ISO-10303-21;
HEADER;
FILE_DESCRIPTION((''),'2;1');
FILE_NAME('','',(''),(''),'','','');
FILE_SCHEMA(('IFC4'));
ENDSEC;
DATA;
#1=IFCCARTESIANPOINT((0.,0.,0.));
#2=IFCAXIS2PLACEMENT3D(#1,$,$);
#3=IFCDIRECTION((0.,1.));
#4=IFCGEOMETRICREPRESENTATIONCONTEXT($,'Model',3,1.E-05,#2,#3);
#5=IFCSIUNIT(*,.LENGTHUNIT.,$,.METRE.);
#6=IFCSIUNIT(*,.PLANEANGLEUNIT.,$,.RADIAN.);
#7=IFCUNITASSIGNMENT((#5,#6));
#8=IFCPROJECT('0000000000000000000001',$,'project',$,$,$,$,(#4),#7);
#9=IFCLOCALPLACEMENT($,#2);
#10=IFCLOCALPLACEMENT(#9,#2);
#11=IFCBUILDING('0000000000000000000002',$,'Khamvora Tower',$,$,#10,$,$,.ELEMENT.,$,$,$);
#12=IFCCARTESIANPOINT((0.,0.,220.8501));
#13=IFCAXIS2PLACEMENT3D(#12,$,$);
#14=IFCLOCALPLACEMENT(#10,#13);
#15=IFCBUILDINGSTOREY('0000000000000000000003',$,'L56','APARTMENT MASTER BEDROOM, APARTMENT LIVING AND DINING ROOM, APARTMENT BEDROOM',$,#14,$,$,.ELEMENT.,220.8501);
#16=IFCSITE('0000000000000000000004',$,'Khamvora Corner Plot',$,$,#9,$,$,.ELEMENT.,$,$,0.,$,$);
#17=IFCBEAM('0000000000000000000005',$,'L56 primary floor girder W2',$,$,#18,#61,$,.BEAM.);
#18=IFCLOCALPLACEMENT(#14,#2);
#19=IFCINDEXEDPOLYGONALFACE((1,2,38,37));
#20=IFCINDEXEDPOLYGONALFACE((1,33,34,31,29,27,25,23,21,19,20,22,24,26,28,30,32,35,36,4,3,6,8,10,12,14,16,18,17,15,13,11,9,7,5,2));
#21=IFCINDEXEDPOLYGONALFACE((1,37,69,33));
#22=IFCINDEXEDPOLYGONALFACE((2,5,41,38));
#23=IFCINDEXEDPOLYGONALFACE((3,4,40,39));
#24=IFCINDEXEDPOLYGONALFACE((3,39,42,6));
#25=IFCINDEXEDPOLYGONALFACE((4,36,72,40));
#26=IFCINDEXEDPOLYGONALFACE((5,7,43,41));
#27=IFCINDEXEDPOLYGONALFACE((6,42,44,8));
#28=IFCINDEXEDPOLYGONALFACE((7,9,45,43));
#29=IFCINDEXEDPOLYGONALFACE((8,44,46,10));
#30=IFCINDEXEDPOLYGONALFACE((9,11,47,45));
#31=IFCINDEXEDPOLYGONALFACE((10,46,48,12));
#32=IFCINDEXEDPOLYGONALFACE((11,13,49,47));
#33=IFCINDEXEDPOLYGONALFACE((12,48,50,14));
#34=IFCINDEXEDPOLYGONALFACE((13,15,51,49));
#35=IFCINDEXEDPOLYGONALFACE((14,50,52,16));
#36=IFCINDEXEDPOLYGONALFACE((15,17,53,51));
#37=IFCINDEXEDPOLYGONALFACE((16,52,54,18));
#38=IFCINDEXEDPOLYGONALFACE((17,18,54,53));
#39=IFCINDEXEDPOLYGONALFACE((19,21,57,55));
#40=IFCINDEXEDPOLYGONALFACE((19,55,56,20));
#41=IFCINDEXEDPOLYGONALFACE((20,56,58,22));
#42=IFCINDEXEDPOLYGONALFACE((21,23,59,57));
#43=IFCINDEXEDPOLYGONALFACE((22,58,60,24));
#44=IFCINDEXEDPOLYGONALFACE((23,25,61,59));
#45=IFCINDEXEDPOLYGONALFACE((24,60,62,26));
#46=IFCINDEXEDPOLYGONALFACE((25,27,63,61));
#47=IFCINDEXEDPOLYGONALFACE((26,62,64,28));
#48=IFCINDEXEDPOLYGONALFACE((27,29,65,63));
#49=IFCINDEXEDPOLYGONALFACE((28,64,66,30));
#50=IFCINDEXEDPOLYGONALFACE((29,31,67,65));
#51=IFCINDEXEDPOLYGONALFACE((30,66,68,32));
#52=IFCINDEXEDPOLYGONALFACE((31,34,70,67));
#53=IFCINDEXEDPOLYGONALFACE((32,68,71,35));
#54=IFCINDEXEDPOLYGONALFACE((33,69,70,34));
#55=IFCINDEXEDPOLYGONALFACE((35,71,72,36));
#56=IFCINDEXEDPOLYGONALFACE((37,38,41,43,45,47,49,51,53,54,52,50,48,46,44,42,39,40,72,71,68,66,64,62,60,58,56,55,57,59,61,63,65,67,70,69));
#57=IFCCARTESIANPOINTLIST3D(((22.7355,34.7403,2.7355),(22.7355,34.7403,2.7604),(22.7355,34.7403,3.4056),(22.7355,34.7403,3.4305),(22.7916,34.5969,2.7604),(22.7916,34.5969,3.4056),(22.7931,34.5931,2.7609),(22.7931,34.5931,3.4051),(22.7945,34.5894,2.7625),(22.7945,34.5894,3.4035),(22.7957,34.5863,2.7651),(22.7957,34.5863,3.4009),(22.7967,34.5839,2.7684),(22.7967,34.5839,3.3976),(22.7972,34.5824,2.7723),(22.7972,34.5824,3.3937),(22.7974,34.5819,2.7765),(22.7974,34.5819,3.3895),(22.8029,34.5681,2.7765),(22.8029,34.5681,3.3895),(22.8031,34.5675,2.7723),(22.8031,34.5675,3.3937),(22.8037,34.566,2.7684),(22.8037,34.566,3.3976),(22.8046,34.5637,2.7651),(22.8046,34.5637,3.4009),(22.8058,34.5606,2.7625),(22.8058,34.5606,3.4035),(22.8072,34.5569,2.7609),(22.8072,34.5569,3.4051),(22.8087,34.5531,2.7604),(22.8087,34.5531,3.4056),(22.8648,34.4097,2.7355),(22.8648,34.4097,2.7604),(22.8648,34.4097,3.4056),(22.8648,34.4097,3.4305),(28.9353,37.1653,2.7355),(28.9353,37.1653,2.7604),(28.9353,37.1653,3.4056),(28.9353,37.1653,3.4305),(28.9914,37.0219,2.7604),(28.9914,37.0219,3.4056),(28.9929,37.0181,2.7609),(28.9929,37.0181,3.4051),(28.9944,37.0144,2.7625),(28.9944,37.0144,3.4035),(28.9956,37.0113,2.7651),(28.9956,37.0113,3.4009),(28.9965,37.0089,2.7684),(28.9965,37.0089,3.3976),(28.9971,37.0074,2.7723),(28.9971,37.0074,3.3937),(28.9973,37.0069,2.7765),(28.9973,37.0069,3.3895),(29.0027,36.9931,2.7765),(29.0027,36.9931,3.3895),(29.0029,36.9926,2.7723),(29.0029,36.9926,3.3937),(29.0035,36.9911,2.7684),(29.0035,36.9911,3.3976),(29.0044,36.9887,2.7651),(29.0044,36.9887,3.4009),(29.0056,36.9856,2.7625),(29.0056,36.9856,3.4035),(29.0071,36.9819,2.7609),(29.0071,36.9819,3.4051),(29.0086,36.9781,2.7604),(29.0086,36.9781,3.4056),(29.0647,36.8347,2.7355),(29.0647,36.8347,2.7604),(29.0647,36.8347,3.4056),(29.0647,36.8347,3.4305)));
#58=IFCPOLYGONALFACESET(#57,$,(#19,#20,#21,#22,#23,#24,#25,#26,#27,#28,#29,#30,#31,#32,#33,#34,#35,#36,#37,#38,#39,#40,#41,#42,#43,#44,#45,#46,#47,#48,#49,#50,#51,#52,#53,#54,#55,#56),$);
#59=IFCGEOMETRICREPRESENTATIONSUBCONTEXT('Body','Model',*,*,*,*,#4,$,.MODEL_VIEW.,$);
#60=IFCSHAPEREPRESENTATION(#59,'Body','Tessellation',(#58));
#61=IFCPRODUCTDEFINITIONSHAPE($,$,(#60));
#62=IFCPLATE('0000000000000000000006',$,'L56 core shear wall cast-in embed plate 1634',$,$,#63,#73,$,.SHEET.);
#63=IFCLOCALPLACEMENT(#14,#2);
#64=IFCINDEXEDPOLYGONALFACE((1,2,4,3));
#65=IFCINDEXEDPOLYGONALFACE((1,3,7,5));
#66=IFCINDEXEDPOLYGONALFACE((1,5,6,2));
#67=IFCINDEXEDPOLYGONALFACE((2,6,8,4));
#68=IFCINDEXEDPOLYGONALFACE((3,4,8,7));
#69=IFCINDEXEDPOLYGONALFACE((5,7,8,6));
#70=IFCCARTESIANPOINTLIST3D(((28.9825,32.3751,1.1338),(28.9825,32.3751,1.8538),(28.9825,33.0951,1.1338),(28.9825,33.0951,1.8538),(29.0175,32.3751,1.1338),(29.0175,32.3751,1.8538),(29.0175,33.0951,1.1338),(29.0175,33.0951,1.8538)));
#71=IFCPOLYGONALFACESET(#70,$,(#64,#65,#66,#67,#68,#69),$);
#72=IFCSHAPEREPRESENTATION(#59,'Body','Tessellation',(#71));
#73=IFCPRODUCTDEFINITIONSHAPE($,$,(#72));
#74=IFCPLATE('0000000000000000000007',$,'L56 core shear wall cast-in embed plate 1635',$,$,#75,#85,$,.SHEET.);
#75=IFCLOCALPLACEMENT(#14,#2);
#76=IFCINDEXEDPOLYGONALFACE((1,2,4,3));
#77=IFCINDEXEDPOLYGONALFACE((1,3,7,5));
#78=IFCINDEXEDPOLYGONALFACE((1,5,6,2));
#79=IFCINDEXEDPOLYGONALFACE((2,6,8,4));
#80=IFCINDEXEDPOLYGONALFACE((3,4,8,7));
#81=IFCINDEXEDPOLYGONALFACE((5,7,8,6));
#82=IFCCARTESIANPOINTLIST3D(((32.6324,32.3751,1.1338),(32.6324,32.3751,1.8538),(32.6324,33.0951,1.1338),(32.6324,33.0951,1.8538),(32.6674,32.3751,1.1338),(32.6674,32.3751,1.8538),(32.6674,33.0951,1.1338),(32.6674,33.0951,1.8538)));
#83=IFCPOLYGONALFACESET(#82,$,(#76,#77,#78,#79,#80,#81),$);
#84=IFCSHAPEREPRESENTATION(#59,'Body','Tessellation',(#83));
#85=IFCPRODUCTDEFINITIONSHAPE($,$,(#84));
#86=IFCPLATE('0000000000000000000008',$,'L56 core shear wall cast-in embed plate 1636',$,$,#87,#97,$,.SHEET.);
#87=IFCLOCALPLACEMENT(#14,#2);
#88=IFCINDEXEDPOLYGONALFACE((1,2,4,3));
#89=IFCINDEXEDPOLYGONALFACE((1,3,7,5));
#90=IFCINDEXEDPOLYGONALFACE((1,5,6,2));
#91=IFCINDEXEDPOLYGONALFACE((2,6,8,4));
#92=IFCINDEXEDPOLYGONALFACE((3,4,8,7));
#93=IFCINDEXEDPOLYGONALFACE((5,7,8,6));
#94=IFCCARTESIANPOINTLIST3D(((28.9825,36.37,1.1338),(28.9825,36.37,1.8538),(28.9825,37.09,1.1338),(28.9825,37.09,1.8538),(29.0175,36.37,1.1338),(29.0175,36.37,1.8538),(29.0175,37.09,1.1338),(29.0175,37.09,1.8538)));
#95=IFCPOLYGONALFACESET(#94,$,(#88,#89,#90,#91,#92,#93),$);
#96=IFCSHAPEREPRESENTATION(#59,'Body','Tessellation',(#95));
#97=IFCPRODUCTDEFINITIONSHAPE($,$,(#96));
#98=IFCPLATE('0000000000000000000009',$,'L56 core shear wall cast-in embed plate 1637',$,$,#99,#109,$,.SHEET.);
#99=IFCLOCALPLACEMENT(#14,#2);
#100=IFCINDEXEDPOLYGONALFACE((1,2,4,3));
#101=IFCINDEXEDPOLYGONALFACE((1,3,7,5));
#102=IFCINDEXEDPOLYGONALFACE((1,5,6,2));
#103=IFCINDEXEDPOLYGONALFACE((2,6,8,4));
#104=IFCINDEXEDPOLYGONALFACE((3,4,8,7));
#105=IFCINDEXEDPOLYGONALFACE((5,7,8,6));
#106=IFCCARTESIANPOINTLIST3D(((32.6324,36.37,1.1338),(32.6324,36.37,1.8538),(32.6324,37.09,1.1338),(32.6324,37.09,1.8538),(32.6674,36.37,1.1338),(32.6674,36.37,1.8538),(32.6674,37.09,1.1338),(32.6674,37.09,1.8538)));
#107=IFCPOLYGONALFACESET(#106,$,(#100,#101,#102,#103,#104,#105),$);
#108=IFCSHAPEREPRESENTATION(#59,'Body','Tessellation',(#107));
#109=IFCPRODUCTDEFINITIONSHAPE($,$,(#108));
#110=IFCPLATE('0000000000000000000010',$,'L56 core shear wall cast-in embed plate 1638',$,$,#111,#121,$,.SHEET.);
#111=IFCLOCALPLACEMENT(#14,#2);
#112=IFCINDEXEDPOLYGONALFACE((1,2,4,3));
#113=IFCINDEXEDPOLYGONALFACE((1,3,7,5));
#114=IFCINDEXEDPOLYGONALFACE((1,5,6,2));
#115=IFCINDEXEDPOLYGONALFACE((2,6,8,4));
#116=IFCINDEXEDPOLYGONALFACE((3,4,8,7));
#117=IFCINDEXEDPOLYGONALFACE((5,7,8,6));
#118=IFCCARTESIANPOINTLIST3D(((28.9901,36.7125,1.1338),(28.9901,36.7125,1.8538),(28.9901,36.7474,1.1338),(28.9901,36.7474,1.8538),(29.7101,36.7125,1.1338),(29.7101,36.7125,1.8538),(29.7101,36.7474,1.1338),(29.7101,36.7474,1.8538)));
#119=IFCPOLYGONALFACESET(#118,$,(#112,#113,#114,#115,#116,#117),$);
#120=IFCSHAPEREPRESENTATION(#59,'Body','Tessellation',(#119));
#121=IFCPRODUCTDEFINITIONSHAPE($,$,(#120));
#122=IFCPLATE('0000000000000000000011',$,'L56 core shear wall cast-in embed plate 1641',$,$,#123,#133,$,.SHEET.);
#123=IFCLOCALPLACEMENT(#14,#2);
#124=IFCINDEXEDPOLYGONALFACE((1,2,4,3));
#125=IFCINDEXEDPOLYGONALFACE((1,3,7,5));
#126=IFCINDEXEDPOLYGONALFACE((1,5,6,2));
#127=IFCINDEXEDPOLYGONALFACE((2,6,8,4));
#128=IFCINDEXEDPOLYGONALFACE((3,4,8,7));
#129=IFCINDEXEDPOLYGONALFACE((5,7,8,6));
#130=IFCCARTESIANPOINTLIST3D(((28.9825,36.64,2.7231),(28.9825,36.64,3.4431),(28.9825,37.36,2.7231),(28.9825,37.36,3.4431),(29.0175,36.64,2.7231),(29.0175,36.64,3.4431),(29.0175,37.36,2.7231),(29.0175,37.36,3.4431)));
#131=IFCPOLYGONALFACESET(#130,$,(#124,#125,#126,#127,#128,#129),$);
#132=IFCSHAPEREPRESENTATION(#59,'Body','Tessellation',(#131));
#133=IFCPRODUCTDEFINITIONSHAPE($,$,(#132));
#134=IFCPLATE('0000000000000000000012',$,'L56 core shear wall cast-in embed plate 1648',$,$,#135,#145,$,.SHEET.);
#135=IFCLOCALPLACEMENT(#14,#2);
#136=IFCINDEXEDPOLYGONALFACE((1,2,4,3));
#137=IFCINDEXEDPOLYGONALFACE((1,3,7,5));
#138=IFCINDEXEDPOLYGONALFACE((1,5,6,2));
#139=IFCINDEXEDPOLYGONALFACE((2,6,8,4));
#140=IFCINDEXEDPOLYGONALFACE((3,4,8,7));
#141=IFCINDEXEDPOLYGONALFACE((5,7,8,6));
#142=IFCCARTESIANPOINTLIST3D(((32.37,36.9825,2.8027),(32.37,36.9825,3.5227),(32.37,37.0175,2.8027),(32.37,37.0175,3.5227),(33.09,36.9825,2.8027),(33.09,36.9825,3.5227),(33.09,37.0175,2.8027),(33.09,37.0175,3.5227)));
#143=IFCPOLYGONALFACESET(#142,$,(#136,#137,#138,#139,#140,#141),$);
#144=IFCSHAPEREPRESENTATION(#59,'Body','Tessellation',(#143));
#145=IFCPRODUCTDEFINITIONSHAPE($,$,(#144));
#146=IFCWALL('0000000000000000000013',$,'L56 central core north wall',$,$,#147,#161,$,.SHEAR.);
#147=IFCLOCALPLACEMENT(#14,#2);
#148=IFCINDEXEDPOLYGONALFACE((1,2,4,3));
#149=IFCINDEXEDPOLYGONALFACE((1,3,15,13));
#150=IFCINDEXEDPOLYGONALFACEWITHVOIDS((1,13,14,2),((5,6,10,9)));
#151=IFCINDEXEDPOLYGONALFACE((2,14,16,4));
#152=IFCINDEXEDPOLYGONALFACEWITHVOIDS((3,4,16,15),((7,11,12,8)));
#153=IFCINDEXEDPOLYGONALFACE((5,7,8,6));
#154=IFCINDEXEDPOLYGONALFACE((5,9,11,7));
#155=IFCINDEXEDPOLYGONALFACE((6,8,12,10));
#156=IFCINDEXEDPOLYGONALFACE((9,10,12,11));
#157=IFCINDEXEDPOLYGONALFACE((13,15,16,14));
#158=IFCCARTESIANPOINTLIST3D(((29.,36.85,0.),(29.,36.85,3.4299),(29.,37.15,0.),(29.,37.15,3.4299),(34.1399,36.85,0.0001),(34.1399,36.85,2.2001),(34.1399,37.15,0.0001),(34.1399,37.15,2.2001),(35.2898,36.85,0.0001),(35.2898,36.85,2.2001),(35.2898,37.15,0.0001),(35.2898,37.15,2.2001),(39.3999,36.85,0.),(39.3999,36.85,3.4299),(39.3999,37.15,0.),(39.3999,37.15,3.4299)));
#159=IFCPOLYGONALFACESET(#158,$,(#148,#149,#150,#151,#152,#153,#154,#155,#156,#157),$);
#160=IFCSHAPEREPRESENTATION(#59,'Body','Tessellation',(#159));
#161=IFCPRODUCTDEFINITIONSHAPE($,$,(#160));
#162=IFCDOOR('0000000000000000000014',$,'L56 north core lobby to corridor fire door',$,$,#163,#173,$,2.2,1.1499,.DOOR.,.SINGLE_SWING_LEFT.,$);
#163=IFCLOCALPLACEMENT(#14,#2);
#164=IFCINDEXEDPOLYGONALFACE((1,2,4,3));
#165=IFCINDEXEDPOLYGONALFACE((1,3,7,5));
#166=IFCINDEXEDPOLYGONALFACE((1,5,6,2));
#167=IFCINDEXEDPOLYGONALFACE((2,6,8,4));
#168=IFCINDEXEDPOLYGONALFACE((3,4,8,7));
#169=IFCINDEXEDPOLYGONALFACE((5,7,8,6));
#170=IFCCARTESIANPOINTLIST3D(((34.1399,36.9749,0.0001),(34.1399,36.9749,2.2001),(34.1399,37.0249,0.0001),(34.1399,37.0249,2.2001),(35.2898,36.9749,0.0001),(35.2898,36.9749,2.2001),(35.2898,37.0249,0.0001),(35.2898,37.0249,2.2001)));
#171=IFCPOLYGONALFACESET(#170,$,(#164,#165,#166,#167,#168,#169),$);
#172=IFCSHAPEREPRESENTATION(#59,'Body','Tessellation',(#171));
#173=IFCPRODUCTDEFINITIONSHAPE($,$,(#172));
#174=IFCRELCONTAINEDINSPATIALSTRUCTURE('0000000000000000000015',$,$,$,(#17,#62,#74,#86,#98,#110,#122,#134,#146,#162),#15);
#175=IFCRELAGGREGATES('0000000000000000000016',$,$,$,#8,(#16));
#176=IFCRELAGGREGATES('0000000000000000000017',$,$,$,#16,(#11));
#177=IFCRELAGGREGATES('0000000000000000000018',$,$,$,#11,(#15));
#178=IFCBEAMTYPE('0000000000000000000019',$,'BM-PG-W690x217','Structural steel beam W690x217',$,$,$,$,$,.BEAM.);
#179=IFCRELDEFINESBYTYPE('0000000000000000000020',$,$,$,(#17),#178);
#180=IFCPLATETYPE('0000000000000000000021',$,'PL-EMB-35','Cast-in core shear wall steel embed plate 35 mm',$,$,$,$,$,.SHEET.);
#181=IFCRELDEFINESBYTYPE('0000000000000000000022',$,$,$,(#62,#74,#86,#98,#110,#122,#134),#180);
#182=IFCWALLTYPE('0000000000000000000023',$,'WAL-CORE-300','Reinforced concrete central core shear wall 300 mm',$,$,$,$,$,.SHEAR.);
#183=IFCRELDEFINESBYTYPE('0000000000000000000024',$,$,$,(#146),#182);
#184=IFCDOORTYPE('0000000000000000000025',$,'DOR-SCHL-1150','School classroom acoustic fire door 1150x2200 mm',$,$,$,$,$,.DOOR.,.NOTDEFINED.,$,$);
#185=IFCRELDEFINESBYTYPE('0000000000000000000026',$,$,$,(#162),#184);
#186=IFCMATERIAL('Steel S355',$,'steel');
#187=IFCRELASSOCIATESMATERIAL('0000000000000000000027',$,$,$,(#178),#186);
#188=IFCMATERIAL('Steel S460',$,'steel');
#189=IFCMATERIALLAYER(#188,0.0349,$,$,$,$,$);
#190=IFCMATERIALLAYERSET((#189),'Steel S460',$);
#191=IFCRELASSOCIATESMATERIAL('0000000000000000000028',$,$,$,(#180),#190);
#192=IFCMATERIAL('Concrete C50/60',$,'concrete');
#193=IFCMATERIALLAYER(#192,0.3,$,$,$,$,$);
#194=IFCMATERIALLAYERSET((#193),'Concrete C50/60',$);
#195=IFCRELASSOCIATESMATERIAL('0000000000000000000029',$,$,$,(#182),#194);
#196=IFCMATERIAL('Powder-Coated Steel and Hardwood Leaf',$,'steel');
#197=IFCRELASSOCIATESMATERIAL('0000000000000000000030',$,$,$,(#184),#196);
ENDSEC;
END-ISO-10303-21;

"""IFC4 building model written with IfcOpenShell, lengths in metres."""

from ifc_helpers import new_model, si_unit, direction, frame, frame_2d, origin, origin_2d, place, context, subcontext, project, spatial, rectangle, i_section, extrude, material, layer, layer_set, material_profile, profile_set, type_object, element, fill, save


model = new_model("IFC4")

# Units and contexts
model_context = context("Model", 3, precision=1e-05, world=origin(), true_north=direction((0.0, 1.0)))
body_context = subcontext(model_context, "Body", "Model", "MODEL_VIEW")
ifc_project = project(units=[si_unit("LENGTHUNIT", "METRE"), si_unit("PLANEANGLEUNIT", "RADIAN")], contexts=[model_context])

# Site, building, storey
site_placement = place(None, origin())
site = spatial("IfcSite", under=ifc_project, at=site_placement, Name="Khamvora Corner Plot", CompositionType="ELEMENT", RefElevation=0.0)
building_placement = place(site_placement, origin())
building = spatial("IfcBuilding", under=site, at=building_placement, Name="Khamvora Tower", CompositionType="ELEMENT")
storey_placement = place(building_placement, frame((0.0, 0.0, 220.8501)))
storey = spatial("IfcBuildingStorey", under=building, at=storey_placement, Name="L56", Description="APARTMENT MASTER BEDROOM, APARTMENT LIVING AND DINING ROOM, APARTMENT BEDROOM", CompositionType="ELEMENT", Elevation=220.8501)

# Shared definitions
ifc_material_1 = material(Name="Steel S460", Category="steel")

# Beam
ifc_material_2 = material(Name="Steel S355", Category="steel")
ifc_material_profile_1 = material_profile(ifc_material_2, i_section(OverallWidth=0.355, OverallDepth=0.6951, WebThickness=0.0149, FlangeThickness=0.0249, FilletRadius=0.0161, at=origin_2d()), Name="W690x217")
ifc_profile_set_1 = profile_set([ifc_material_profile_1], Name="Steel S355")
beam_type_1 = type_object("IfcBeamType", Name="BM-PG-W690x217", Description="Structural steel beam W690x217", PredefinedType="BEAM", material=ifc_profile_set_1)
beam_1_placement = place(storey_placement, frame((29.0, 37.0, 3.083), z_axis=(-0.931295, -0.364267, 0.0), x_axis=(0.364267, -0.931295, 0.0)))
element("IfcBeam", 1, at=beam_1_placement, inside=storey, type_object=beam_type_1, Name="L56 primary floor girder W2", PredefinedType="BEAM", context=body_context, shape_type="SweptSolid", body=[
    extrude(i_section(OverallWidth=0.355, OverallDepth=0.6951, WebThickness=0.0149, FlangeThickness=0.0249, FilletRadius=0.0161, at=origin_2d()), origin(), (0.0, 0.0, 1.0), 6.6572),
])

# Plates
ifc_layer_1 = layer(ifc_material_1, 0.0349)
ifc_layer_set_1 = layer_set([ifc_layer_1], Name="Steel S460")
plate_type = type_object("IfcPlateType", Name="PL-EMB-35", Description="Cast-in core shear wall steel embed plate 35 mm", PredefinedType="SHEET", material=ifc_layer_set_1)
for number, where, z_axis, x_axis, name in (
    (2, (29.0, 32.7351, 1.1338), (0.0, 0.0, 1.0), (1.0, 0.0, 0.0), "L56 core shear wall cast-in embed plate 1634"),
    (3, (32.6499, 32.7351, 1.1338), (0.0, 0.0, 1.0), (1.0, 0.0, 0.0), "L56 core shear wall cast-in embed plate 1635"),
    (4, (29.0, 36.73, 1.1338), (0.0, 0.0, 1.0), (1.0, 0.0, 0.0), "L56 core shear wall cast-in embed plate 1636"),
    (5, (32.6499, 36.73, 1.1338), (0.0, 0.0, 1.0), (1.0, 0.0, 0.0), "L56 core shear wall cast-in embed plate 1637"),
):
    element("IfcPlate", number, at=place(storey_placement, frame(where, z_axis=z_axis, x_axis=x_axis)), inside=storey, type_object=plate_type, Name=name, PredefinedType="SHEET", context=body_context, shape_type="SweptSolid", body=[
        extrude(rectangle(XDim=0.0349, YDim=0.72, at=origin_2d()), origin(), (0.0, 0.0, 1.0), 0.72),
    ])
plate_1_placement = place(storey_placement, frame((29.3501, 36.73, 1.1338), z_axis=(0.0, 0.0, 1.0), x_axis=(1.0, 0.0, 0.0)))
element("IfcPlate", 6, at=plate_1_placement, inside=storey, type_object=plate_type, Name="L56 core shear wall cast-in embed plate 1638", PredefinedType="SHEET", context=body_context, shape_type="SweptSolid", body=[
    extrude(rectangle(XDim=0.72, YDim=0.0349, at=origin_2d()), origin(), (0.0, 0.0, 1.0), 0.72),
])
plate_2_placement = place(storey_placement, frame((29.0, 37.0, 2.7231), z_axis=(0.0, 0.0, 1.0), x_axis=(1.0, 0.0, 0.0)))
element("IfcPlate", 7, at=plate_2_placement, inside=storey, type_object=plate_type, Name="L56 core shear wall cast-in embed plate 1641", PredefinedType="SHEET", context=body_context, shape_type="SweptSolid", body=[
    extrude(rectangle(XDim=0.0349, YDim=0.72, at=origin_2d()), origin(), (0.0, 0.0, 1.0), 0.72),
])
plate_3_placement = place(storey_placement, frame((32.73, 37.0, 2.8027), z_axis=(0.0, 0.0, 1.0), x_axis=(1.0, 0.0, 0.0)))
element("IfcPlate", 8, at=plate_3_placement, inside=storey, type_object=plate_type, Name="L56 core shear wall cast-in embed plate 1648", PredefinedType="SHEET", context=body_context, shape_type="SweptSolid", body=[
    extrude(rectangle(XDim=0.72, YDim=0.0349, at=origin_2d()), origin(), (0.0, 0.0, 1.0), 0.72),
])

# Wall, opening, door
ifc_material_3 = material(Name="Concrete C50/60", Category="concrete")
ifc_layer_2 = layer(ifc_material_3, 0.3)
ifc_layer_set_2 = layer_set([ifc_layer_2], Name="Concrete C50/60")
wall_type_1 = type_object("IfcWallType", Name="WAL-CORE-300", Description="Reinforced concrete central core shear wall 300 mm", PredefinedType="SHEAR", material=ifc_layer_set_2)
wall_1_placement = place(storey_placement, frame((29.0, 37.0, 0.0), z_axis=(0.0, 0.0, 1.0), x_axis=(1.0, 0.0, 0.0)))
wall_1 = element("IfcWall", 9, at=wall_1_placement, inside=storey, type_object=wall_type_1, Name="L56 central core north wall", PredefinedType="SHEAR", context=body_context, shape_type="SweptSolid", body=[
    extrude(rectangle(XDim=10.3999, YDim=0.3, at=frame_2d((5.2, 0.0))), origin(), (0.0, 0.0, 1.0), 3.4299),
])
opening_1_placement = place(wall_1_placement, frame((5.1399, 0.0, 0.0)))
opening_1 = element("IfcOpeningElement", 10, at=opening_1_placement, cuts=wall_1, PredefinedType="OPENING", context=body_context, shape_type="SweptSolid", body=[
    extrude(rectangle(XDim=1.1499, YDim=2.2, at=frame_2d((0.575, 1.1001))), frame((0.0, 0.1599, 0.0), z_axis=(0.0, -1.0, 0.0), x_axis=(1.0, 0.0, 0.0)), (0.0, 0.0, 1.0), 0.3201),
])
ifc_material_4 = material(Name="Powder-Coated Steel and Hardwood Leaf", Category="steel")
door_type_1 = type_object("IfcDoorType", Name="DOR-SCHL-1150", Description="School classroom acoustic fire door 1150x2200 mm", OperationType="NOTDEFINED", PredefinedType="DOOR", material=ifc_material_4)
door_1_placement = place(opening_1_placement, origin())
door_1 = element("IfcDoor", 11, at=door_1_placement, inside=storey, type_object=door_type_1, Name="L56 north core lobby to corridor fire door", OperationType="SINGLE_SWING_LEFT", OverallHeight=2.2, OverallWidth=1.1499, PredefinedType="DOOR", context=body_context, shape_type="SweptSolid", body=[
    extrude(rectangle(XDim=1.1499, YDim=2.2, at=frame_2d((0.575, 1.1001))), frame((0.0, 0.0249, 0.0), z_axis=(0.0, -1.0, 0.0), x_axis=(1.0, 0.0, 0.0)), (0.0, 0.0, 1.0), 0.05),
])
fill(opening_1, door_1)

save(model, "model.ifc")
